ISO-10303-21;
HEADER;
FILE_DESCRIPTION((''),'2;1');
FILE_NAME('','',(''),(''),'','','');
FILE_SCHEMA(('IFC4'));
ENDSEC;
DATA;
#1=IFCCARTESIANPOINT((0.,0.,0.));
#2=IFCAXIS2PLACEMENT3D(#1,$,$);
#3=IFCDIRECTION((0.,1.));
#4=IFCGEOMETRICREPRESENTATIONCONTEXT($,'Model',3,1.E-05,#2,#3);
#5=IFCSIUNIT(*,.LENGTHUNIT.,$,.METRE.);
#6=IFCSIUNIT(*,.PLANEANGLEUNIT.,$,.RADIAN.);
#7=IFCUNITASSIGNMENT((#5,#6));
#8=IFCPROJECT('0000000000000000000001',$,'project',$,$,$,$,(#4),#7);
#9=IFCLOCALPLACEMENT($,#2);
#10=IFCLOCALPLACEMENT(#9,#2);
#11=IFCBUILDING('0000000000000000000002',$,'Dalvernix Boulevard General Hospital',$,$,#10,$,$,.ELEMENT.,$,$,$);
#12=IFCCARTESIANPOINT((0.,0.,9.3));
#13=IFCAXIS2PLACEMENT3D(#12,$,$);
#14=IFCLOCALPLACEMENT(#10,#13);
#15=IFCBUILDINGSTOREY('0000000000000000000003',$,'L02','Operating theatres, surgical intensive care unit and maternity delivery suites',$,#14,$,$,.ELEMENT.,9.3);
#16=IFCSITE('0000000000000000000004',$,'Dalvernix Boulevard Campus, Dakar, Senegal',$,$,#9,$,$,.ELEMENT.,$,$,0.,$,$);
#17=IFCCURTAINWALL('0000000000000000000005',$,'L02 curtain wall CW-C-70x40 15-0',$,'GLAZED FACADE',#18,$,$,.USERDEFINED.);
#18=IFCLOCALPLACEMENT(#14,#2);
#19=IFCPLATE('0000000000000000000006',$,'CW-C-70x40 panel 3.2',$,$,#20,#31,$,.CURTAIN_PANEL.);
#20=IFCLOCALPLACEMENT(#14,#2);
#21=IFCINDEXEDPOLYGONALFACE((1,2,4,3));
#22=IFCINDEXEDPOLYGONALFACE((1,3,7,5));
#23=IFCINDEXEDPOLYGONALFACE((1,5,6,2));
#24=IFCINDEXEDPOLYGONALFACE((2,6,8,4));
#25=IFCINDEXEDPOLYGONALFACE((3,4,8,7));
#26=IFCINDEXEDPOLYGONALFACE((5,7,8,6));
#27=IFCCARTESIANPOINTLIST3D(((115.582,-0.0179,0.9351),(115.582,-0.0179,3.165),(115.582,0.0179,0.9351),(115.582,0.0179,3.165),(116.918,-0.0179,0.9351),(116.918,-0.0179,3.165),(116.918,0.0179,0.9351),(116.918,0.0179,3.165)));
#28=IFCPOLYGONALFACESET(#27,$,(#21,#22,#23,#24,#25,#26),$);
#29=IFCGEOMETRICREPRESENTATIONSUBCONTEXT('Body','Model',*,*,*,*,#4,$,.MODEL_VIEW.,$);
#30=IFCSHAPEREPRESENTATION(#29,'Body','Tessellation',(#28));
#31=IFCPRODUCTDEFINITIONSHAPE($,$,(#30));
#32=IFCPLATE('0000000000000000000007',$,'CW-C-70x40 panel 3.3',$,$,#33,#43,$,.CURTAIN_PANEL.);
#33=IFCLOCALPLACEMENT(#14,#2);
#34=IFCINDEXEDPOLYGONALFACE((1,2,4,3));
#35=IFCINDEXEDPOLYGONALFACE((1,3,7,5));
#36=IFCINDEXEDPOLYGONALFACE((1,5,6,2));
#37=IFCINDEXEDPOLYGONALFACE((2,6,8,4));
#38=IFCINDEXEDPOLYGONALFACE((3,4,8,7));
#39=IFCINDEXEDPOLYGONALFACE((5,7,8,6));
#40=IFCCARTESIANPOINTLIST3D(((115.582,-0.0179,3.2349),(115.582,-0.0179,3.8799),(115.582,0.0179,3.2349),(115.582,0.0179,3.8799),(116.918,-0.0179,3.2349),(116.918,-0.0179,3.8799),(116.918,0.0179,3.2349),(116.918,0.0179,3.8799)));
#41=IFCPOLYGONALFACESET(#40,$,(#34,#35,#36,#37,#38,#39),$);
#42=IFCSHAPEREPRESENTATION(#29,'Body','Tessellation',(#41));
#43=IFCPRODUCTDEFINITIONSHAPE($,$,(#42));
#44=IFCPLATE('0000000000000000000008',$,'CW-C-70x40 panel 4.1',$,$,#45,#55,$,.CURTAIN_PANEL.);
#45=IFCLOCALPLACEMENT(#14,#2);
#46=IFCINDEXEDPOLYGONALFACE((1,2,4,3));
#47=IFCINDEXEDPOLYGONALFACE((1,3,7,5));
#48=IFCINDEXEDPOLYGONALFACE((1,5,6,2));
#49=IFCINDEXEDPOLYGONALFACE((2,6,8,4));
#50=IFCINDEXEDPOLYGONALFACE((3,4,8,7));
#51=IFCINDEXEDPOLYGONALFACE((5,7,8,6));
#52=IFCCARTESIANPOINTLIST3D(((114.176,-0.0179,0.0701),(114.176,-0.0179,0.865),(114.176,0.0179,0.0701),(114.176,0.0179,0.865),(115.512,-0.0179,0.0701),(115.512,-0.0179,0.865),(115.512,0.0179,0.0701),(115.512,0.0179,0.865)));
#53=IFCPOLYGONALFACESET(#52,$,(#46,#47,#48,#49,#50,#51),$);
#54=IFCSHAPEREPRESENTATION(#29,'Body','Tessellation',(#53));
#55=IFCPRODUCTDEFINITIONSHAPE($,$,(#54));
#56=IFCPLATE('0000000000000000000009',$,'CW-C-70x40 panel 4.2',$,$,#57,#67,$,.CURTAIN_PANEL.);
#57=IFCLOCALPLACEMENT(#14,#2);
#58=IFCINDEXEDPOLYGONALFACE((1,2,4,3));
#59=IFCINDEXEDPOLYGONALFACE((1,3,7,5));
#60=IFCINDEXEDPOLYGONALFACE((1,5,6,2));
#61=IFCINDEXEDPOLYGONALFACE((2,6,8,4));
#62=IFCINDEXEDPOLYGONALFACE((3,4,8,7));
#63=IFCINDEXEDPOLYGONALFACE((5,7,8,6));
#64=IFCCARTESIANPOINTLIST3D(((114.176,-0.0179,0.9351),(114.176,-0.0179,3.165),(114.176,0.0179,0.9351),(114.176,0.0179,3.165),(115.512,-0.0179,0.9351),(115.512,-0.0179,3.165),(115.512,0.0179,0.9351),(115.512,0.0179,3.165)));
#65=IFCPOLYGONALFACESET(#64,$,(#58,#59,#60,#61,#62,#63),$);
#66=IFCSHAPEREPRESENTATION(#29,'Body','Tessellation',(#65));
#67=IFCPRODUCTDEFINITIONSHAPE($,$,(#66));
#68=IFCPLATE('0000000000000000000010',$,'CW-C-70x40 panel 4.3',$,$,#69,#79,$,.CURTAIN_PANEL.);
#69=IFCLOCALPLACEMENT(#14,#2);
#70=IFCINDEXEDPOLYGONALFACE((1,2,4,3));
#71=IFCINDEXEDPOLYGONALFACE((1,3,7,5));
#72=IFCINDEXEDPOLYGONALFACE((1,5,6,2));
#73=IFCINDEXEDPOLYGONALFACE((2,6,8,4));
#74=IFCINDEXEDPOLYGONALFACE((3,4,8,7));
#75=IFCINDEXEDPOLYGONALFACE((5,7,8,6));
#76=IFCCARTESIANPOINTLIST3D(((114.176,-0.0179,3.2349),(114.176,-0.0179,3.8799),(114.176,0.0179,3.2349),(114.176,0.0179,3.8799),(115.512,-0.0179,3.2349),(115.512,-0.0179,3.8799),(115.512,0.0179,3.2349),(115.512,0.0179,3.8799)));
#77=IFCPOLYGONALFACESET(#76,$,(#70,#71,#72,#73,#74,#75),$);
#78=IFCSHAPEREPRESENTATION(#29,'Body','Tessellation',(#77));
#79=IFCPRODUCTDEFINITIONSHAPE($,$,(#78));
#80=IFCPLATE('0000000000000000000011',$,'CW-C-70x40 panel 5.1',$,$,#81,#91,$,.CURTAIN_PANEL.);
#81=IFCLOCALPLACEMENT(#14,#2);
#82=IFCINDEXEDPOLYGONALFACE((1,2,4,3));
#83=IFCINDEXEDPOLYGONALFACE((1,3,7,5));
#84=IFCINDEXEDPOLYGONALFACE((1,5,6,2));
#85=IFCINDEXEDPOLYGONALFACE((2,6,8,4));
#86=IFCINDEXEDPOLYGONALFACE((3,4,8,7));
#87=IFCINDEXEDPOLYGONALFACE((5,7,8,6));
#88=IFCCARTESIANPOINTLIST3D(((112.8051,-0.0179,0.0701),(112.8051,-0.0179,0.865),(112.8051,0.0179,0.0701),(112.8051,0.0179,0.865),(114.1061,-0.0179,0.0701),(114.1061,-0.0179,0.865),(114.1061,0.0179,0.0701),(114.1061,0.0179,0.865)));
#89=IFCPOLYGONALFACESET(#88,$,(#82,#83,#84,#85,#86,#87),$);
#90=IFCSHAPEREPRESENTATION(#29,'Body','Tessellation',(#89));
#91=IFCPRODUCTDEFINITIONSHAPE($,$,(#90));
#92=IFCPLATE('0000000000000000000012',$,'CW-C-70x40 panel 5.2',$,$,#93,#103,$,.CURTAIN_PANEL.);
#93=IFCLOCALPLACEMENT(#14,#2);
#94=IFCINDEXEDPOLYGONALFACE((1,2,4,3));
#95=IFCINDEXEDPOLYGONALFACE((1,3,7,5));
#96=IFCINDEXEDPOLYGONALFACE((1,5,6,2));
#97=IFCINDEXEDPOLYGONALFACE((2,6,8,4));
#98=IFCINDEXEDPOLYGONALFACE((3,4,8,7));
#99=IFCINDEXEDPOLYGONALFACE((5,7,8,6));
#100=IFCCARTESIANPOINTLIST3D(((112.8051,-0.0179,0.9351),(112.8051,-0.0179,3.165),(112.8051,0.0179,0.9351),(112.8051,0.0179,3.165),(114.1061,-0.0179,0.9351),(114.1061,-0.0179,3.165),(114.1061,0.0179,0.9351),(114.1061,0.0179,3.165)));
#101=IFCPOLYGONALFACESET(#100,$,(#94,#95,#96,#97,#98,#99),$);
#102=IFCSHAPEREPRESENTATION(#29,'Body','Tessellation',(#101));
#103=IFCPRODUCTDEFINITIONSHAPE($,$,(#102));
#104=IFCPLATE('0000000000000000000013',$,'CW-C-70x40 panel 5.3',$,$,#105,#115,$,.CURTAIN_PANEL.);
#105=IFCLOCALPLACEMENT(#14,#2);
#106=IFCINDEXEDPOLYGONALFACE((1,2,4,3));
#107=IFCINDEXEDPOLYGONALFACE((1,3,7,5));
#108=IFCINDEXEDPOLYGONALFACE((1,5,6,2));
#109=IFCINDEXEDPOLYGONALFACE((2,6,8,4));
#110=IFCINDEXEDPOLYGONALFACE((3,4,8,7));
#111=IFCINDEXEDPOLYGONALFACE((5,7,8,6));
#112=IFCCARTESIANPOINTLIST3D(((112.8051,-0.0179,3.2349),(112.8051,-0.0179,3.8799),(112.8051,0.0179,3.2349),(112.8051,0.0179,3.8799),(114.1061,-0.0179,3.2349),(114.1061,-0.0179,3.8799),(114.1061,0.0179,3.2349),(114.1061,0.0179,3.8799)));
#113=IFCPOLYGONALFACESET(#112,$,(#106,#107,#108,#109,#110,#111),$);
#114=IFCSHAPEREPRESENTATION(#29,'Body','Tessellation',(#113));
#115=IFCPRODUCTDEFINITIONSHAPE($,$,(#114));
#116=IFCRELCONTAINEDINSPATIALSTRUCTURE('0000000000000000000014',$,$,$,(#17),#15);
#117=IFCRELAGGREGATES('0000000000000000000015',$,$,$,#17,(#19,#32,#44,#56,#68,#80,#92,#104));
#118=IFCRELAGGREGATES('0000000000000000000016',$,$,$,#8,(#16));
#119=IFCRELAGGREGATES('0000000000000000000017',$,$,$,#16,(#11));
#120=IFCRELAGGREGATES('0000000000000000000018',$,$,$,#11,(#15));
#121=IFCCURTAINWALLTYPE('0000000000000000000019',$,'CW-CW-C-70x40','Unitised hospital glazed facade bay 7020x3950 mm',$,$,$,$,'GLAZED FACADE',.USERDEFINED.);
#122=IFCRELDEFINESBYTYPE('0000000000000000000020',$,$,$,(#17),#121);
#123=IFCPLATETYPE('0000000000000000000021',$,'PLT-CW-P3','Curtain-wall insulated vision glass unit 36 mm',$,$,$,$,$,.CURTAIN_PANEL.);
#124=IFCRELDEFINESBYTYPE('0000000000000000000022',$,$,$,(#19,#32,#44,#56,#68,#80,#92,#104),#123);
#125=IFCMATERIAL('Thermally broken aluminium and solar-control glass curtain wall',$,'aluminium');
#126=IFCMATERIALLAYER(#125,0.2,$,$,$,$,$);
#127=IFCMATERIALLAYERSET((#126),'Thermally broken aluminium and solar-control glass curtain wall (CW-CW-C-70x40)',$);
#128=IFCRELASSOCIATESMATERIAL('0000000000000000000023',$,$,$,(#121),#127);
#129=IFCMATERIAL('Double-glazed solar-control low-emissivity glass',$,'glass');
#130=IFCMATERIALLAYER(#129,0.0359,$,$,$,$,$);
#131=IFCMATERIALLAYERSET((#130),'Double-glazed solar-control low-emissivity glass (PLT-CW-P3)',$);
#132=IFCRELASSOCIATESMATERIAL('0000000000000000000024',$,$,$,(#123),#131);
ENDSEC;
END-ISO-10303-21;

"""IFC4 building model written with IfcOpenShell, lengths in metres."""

from ifc_helpers import new_model, si_unit, direction, frame, origin, origin_2d, place, context, subcontext, project, spatial, rectangle, extrude, material, layer, layer_set, type_object, element, aggregate, save


model = new_model("IFC4")

# Units and contexts
model_context = context("Model", 3, precision=1e-05, world=origin(), true_north=direction((0.0, 1.0)))
body_context = subcontext(model_context, "Body", "Model", "MODEL_VIEW")
ifc_project = project(units=[si_unit("LENGTHUNIT", "METRE"), si_unit("PLANEANGLEUNIT", "RADIAN")], contexts=[model_context])

# Site, building, storey
site_placement = place(None, origin())
site = spatial("IfcSite", under=ifc_project, at=site_placement, Name="Dalvernix Boulevard Campus, Dakar, Senegal", CompositionType="ELEMENT", RefElevation=0.0)
building_placement = place(site_placement, origin())
building = spatial("IfcBuilding", under=site, at=building_placement, Name="Dalvernix Boulevard General Hospital", CompositionType="ELEMENT")
storey_placement = place(building_placement, frame((0.0, 0.0, 9.3)))
storey = spatial("IfcBuildingStorey", under=building, at=storey_placement, Name="L02", Description="Operating theatres, surgical intensive care unit and maternity delivery suites", CompositionType="ELEMENT", Elevation=9.3)

# Curtain wall, plates
ifc_material_1 = material(Name="Thermally broken aluminium and solar-control glass curtain wall", Category="aluminium")
ifc_layer_1 = layer(ifc_material_1, 0.2)
ifc_layer_set_1 = layer_set([ifc_layer_1], Name="Thermally broken aluminium and solar-control glass curtain wall (CW-CW-C-70x40)")
curtain_wall_type = type_object("IfcCurtainWallType", Name="CW-CW-C-70x40", Description="Unitised hospital glazed facade bay 7020x3950 mm", ElementType="GLAZED FACADE", PredefinedType="USERDEFINED", material=ifc_layer_set_1)
curtain_wall_placement = place(storey_placement, origin())
curtain_wall = element("IfcCurtainWall", 1, at=curtain_wall_placement, inside=storey, type_object=curtain_wall_type, Name="L02 curtain wall CW-C-70x40 15-0", ObjectType="GLAZED FACADE", PredefinedType="USERDEFINED")
ifc_material_2 = material(Name="Double-glazed solar-control low-emissivity glass", Category="glass")
ifc_layer_2 = layer(ifc_material_2, 0.0359)
ifc_layer_set_2 = layer_set([ifc_layer_2], Name="Double-glazed solar-control low-emissivity glass (PLT-CW-P3)")
plate_type = type_object("IfcPlateType", Name="PLT-CW-P3", Description="Curtain-wall insulated vision glass unit 36 mm", PredefinedType="CURTAIN_PANEL", material=ifc_layer_set_2)
plate_1_placement = place(storey_placement, frame((116.25, 0.0, 0.9351), z_axis=(0.0, 0.0, 1.0), x_axis=(-1.0, 0.0, 0.0)))
plate_1 = element("IfcPlate", 2, at=plate_1_placement, type_object=plate_type, Name="CW-C-70x40 panel 3.2", PredefinedType="CURTAIN_PANEL", context=body_context, shape_type="SweptSolid", body=[
    extrude(rectangle(XDim=1.3359, YDim=0.0359, at=origin_2d()), origin(), (0.0, 0.0, 1.0), 2.23),
])
plate_2_placement = place(storey_placement, frame((116.25, 0.0, 3.2349), z_axis=(0.0, 0.0, 1.0), x_axis=(-1.0, 0.0, 0.0)))
plate_2 = element("IfcPlate", 3, at=plate_2_placement, type_object=plate_type, Name="CW-C-70x40 panel 3.3", PredefinedType="CURTAIN_PANEL", context=body_context, shape_type="SweptSolid", body=[
    extrude(rectangle(XDim=1.3359, YDim=0.0359, at=origin_2d()), origin(), (0.0, 0.0, 1.0), 0.645),
])
plate_3_placement = place(storey_placement, frame((114.844, 0.0, 0.0701), z_axis=(0.0, 0.0, 1.0), x_axis=(-1.0, 0.0, 0.0)))
plate_3 = element("IfcPlate", 4, at=plate_3_placement, type_object=plate_type, Name="CW-C-70x40 panel 4.1", PredefinedType="CURTAIN_PANEL", context=body_context, shape_type="SweptSolid", body=[
    extrude(rectangle(XDim=1.3359, YDim=0.0359, at=origin_2d()), origin(), (0.0, 0.0, 1.0), 0.7949),
])
plate_4_placement = place(storey_placement, frame((114.844, 0.0, 0.9351), z_axis=(0.0, 0.0, 1.0), x_axis=(-1.0, 0.0, 0.0)))
plate_4 = element("IfcPlate", 5, at=plate_4_placement, type_object=plate_type, Name="CW-C-70x40 panel 4.2", PredefinedType="CURTAIN_PANEL", context=body_context, shape_type="SweptSolid", body=[
    extrude(rectangle(XDim=1.3359, YDim=0.0359, at=origin_2d()), origin(), (0.0, 0.0, 1.0), 2.23),
])
plate_5_placement = place(storey_placement, frame((114.844, 0.0, 3.2349), z_axis=(0.0, 0.0, 1.0), x_axis=(-1.0, 0.0, 0.0)))
plate_5 = element("IfcPlate", 6, at=plate_5_placement, type_object=plate_type, Name="CW-C-70x40 panel 4.3", PredefinedType="CURTAIN_PANEL", context=body_context, shape_type="SweptSolid", body=[
    extrude(rectangle(XDim=1.3359, YDim=0.0359, at=origin_2d()), origin(), (0.0, 0.0, 1.0), 0.645),
])
plate_6_placement = place(storey_placement, frame((113.4556, 0.0, 0.0701), z_axis=(0.0, 0.0, 1.0), x_axis=(-1.0, 0.0, 0.0)))
plate_6 = element("IfcPlate", 7, at=plate_6_placement, type_object=plate_type, Name="CW-C-70x40 panel 5.1", PredefinedType="CURTAIN_PANEL", context=body_context, shape_type="SweptSolid", body=[
    extrude(rectangle(XDim=1.301, YDim=0.0359, at=origin_2d()), origin(), (0.0, 0.0, 1.0), 0.7949),
])
plate_7_placement = place(storey_placement, frame((113.4556, 0.0, 0.9351), z_axis=(0.0, 0.0, 1.0), x_axis=(-1.0, 0.0, 0.0)))
plate_7 = element("IfcPlate", 8, at=plate_7_placement, type_object=plate_type, Name="CW-C-70x40 panel 5.2", PredefinedType="CURTAIN_PANEL", context=body_context, shape_type="SweptSolid", body=[
    extrude(rectangle(XDim=1.301, YDim=0.0359, at=origin_2d()), origin(), (0.0, 0.0, 1.0), 2.23),
])
plate_8_placement = place(storey_placement, frame((113.4556, 0.0, 3.2349), z_axis=(0.0, 0.0, 1.0), x_axis=(-1.0, 0.0, 0.0)))
plate_8 = element("IfcPlate", 9, at=plate_8_placement, type_object=plate_type, Name="CW-C-70x40 panel 5.3", PredefinedType="CURTAIN_PANEL", context=body_context, shape_type="SweptSolid", body=[
    extrude(rectangle(XDim=1.301, YDim=0.0359, at=origin_2d()), origin(), (0.0, 0.0, 1.0), 0.645),
])
aggregate(curtain_wall, [plate_1, plate_2, plate_3, plate_4, plate_5, plate_6, plate_7, plate_8])

save(model, "model.ifc")
